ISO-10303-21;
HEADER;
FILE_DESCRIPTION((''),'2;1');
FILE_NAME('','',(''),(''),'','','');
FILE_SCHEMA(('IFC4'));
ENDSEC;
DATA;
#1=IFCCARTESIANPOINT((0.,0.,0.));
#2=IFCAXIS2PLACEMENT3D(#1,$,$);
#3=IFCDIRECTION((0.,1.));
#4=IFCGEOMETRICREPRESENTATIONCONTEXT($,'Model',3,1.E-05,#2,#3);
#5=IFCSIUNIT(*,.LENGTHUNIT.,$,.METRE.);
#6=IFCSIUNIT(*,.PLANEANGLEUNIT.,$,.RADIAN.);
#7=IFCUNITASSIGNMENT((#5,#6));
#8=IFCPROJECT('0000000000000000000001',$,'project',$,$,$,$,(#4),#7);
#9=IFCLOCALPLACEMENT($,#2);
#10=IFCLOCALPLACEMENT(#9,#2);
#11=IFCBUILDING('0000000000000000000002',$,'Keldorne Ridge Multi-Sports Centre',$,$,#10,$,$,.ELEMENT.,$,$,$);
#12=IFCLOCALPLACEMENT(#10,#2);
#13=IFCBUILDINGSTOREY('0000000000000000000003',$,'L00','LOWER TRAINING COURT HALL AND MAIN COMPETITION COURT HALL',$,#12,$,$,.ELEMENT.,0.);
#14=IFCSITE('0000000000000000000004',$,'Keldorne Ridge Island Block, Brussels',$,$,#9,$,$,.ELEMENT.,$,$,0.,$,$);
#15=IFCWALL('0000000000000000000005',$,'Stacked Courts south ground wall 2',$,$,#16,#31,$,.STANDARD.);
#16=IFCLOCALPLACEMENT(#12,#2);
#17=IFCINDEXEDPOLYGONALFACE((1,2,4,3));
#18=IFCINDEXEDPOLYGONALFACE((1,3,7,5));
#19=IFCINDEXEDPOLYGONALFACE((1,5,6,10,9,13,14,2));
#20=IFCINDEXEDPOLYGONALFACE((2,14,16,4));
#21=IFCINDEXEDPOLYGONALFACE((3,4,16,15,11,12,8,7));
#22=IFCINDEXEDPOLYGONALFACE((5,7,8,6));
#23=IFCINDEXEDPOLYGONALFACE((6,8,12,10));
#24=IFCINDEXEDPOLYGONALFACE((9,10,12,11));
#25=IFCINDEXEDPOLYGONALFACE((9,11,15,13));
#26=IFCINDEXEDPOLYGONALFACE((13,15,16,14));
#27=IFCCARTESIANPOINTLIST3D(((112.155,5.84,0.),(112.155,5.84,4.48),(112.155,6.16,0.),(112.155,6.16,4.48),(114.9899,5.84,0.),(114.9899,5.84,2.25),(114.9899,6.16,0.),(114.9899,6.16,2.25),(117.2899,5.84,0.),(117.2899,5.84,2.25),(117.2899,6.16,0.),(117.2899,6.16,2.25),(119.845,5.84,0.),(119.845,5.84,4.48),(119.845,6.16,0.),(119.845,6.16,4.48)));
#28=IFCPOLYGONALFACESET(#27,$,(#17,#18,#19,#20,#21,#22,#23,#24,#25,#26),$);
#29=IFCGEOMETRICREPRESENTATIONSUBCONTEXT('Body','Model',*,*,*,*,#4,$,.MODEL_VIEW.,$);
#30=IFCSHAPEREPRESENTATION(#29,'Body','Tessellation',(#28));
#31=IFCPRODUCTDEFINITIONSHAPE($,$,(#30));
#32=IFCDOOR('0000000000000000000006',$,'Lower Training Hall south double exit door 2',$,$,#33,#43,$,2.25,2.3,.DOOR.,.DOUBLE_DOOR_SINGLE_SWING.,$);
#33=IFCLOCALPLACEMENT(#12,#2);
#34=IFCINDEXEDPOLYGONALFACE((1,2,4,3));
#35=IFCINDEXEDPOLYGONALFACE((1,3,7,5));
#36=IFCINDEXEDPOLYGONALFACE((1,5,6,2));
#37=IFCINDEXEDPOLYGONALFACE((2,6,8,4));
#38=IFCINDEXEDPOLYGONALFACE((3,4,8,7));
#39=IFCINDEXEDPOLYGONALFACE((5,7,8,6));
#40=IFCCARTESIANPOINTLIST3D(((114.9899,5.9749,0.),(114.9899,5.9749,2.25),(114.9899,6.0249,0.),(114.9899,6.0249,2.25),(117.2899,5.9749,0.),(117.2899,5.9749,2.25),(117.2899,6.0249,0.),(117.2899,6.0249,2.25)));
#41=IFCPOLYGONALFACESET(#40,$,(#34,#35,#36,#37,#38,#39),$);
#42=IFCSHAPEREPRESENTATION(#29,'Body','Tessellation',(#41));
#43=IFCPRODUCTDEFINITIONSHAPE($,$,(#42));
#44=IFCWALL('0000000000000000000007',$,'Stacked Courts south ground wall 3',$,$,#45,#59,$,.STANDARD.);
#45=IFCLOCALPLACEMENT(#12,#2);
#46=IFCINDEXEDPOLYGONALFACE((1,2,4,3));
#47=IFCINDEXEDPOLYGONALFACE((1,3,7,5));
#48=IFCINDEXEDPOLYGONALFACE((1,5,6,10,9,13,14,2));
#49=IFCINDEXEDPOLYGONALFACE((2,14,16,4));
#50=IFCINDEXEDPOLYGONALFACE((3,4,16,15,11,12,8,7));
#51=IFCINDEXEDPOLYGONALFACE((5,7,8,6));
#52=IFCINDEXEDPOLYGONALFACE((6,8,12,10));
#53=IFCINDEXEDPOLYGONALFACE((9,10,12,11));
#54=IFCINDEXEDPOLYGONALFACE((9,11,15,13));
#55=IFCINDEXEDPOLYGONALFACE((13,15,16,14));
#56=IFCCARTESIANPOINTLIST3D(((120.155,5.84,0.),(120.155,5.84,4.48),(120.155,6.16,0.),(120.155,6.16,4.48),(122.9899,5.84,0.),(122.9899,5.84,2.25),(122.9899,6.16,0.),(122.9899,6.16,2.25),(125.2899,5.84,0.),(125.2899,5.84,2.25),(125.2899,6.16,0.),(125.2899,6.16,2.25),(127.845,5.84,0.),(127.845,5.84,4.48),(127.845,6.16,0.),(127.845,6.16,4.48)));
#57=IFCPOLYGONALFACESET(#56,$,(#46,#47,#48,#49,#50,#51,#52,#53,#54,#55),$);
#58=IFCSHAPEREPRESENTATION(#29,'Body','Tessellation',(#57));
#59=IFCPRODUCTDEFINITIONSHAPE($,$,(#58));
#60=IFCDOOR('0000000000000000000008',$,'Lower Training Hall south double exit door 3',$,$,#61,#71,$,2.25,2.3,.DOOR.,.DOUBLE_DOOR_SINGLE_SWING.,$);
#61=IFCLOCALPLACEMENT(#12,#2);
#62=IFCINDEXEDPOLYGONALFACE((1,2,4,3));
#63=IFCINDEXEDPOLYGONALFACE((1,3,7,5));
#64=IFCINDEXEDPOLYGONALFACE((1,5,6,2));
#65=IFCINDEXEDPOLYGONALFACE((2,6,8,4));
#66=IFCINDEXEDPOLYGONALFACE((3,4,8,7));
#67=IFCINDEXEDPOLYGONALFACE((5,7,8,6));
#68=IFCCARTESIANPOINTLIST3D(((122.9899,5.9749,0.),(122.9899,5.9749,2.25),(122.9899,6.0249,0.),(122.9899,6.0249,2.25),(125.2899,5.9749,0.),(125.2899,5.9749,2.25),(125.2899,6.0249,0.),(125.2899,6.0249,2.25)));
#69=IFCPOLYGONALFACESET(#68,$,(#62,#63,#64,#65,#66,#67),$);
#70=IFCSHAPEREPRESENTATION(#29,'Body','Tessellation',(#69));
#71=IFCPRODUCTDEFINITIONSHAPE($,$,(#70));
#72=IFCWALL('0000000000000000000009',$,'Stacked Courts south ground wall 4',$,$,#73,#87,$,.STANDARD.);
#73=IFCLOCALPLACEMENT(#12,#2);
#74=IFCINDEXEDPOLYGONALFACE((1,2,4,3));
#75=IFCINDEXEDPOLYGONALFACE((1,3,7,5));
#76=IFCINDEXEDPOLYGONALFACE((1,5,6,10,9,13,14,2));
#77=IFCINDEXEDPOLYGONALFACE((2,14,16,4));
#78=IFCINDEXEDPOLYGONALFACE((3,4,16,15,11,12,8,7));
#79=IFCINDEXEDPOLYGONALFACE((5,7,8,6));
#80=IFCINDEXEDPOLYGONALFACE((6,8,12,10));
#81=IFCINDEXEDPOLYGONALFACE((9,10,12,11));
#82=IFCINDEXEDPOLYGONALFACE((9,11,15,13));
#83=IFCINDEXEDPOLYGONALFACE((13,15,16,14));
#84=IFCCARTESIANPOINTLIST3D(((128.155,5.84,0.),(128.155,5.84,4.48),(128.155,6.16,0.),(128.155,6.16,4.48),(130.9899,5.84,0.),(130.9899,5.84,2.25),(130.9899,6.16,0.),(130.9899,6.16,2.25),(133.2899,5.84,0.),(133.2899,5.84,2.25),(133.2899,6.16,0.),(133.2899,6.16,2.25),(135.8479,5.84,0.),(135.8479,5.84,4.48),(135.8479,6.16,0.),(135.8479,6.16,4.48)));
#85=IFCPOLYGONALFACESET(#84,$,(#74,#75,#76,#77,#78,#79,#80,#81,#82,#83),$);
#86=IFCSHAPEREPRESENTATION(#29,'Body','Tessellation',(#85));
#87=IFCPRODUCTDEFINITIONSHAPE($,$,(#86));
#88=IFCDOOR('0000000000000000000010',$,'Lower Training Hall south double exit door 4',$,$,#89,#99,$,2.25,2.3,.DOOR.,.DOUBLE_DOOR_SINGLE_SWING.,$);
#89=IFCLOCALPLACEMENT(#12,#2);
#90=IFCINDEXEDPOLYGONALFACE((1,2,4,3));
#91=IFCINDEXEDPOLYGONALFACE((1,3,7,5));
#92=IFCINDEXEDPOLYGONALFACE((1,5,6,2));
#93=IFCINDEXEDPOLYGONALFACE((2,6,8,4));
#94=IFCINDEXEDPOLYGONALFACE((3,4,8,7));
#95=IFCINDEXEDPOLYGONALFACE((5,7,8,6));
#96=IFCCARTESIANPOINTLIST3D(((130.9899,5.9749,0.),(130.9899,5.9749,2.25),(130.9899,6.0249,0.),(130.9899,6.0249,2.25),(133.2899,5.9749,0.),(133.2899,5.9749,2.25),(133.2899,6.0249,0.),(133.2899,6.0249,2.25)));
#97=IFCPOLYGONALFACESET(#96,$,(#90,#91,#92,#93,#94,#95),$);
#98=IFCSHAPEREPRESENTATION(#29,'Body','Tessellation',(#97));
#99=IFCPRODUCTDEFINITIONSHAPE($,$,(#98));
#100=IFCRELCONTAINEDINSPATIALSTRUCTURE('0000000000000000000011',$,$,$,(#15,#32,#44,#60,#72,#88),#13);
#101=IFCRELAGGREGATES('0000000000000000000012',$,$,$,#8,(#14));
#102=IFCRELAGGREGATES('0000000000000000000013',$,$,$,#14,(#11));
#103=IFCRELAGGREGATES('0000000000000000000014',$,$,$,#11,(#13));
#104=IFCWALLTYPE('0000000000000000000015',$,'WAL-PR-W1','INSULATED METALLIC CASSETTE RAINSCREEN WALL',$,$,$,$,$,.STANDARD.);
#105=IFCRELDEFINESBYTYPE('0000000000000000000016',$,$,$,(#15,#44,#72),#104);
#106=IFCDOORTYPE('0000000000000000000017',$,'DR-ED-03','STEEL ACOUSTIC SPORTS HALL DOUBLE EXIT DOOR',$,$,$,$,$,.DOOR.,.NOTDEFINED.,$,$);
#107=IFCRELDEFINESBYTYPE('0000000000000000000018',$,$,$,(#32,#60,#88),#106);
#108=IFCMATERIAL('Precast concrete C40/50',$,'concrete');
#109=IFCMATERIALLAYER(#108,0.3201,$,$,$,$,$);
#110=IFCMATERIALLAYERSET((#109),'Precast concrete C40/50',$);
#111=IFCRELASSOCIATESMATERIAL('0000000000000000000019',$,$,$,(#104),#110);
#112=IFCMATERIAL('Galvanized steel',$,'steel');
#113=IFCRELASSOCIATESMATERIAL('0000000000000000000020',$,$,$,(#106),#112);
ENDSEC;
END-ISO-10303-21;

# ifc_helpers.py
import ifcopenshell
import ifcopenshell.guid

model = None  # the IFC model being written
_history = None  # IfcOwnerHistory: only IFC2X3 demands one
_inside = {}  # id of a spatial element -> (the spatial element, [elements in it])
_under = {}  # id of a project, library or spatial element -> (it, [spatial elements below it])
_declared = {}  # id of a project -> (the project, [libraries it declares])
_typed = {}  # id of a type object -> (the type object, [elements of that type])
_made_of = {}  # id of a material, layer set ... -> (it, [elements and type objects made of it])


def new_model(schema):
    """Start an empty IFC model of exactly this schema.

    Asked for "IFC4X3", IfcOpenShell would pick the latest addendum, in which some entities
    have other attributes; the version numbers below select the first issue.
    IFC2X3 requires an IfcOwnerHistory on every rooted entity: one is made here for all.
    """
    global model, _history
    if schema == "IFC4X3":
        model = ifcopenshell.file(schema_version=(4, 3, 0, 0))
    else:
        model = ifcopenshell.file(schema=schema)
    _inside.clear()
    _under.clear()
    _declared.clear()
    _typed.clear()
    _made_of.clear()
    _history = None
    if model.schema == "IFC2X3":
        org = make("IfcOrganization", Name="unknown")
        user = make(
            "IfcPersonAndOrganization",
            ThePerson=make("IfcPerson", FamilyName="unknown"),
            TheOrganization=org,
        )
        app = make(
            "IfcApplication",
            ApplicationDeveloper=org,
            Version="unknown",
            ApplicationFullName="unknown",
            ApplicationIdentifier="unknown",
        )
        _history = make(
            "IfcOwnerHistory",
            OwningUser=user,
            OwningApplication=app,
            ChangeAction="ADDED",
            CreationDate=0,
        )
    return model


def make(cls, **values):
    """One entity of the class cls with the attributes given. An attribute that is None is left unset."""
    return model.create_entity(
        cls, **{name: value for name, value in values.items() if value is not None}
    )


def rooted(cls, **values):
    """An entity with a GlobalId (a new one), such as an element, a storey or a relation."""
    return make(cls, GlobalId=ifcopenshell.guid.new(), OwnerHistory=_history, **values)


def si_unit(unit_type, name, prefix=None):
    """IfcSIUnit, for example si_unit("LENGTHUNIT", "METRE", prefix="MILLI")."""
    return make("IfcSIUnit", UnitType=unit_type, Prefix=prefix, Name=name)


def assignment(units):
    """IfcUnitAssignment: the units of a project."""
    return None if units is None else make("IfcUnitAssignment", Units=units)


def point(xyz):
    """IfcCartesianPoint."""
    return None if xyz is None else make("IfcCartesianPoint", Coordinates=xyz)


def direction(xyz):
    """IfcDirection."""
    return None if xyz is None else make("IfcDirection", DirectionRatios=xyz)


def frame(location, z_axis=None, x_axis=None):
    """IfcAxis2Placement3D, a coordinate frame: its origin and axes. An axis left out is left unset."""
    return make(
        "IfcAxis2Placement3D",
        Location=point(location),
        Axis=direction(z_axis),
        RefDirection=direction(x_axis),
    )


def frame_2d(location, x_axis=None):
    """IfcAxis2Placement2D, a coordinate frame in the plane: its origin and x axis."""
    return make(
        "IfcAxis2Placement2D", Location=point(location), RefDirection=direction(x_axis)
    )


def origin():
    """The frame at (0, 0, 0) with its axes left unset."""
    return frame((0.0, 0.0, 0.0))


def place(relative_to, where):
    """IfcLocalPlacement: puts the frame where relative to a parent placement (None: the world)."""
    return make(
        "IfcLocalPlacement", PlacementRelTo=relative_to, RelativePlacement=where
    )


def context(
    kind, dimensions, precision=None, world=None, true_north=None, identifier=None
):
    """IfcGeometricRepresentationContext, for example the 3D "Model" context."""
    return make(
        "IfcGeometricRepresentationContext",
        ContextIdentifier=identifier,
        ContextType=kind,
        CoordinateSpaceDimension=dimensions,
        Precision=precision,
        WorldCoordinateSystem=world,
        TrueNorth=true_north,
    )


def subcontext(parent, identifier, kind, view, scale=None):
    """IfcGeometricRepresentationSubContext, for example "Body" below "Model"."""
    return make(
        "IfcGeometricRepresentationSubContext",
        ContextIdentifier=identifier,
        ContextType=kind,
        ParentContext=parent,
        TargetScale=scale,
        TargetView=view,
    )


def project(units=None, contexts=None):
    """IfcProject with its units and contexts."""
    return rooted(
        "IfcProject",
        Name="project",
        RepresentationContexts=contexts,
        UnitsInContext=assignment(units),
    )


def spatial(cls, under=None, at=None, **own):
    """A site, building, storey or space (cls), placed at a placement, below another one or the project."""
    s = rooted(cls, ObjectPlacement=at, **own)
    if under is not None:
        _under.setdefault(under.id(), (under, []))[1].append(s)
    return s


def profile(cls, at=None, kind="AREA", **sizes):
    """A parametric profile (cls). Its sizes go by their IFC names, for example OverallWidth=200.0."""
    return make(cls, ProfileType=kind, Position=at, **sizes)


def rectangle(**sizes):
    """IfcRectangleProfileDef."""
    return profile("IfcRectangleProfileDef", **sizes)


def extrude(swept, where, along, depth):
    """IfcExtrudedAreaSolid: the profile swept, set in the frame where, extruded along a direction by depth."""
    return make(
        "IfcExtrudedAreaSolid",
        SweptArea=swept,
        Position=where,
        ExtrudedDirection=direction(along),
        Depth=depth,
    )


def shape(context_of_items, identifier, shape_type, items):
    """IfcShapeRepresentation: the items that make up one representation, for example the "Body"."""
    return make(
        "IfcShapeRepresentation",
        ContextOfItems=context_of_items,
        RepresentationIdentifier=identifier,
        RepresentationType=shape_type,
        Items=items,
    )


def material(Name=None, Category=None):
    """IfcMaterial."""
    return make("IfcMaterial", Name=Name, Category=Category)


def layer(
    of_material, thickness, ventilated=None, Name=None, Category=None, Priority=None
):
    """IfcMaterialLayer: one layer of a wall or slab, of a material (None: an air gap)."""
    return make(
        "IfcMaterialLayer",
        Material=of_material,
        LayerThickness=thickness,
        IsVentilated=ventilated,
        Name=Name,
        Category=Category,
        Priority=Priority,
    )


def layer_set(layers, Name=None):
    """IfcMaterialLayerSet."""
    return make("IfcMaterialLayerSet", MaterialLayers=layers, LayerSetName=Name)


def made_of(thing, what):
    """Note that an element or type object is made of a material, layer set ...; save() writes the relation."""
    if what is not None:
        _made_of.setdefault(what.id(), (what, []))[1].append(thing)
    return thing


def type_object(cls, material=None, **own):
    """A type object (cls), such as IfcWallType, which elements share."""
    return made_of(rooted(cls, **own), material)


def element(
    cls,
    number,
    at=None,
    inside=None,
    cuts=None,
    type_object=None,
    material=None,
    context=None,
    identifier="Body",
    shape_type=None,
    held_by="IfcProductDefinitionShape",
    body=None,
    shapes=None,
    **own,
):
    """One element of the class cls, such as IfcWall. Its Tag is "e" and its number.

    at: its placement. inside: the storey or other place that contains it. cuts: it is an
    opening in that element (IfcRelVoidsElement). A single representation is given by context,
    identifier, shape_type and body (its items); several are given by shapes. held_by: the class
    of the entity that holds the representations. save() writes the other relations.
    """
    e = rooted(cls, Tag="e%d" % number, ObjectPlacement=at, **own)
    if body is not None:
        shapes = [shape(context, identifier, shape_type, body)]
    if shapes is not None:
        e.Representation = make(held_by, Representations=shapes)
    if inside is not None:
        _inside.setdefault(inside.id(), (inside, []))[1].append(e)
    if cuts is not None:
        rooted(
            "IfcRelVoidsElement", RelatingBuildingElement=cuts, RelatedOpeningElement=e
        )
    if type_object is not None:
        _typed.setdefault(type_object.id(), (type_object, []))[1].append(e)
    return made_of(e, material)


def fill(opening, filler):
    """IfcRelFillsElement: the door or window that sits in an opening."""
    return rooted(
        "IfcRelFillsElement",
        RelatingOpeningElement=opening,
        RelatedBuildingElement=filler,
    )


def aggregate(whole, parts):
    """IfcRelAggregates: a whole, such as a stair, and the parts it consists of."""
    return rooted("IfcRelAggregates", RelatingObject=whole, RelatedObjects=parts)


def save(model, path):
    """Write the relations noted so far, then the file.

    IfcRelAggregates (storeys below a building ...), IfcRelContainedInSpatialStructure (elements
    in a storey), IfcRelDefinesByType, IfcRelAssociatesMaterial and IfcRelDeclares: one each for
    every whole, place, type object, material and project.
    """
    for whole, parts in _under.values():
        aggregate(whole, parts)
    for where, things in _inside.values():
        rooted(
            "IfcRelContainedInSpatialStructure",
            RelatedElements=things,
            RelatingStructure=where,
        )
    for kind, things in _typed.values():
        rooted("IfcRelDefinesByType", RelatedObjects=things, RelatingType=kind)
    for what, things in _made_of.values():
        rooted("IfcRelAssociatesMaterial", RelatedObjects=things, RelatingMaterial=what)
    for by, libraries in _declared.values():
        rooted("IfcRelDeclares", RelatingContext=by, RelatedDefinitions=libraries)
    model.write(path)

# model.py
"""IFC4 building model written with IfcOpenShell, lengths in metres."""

from ifc_helpers import new_model, si_unit, direction, frame, frame_2d, origin, place, context, subcontext, project, spatial, rectangle, extrude, material, layer, layer_set, type_object, element, fill, save


model = new_model("IFC4")

# Units and contexts
model_context = context("Model", 3, precision=1e-05, world=origin(), true_north=direction((0.0, 1.0)))
body_context = subcontext(model_context, "Body", "Model", "MODEL_VIEW")
ifc_project = project(units=[si_unit("LENGTHUNIT", "METRE"), si_unit("PLANEANGLEUNIT", "RADIAN")], contexts=[model_context])

# Site, building, storey
site_placement = place(None, origin())
site = spatial("IfcSite", under=ifc_project, at=site_placement, Name="Keldorne Ridge Island Block, Brussels", CompositionType="ELEMENT", RefElevation=0.0)
building_placement = place(site_placement, origin())
building = spatial("IfcBuilding", under=site, at=building_placement, Name="Keldorne Ridge Multi-Sports Centre", CompositionType="ELEMENT")
storey_placement = place(building_placement, origin())
storey = spatial("IfcBuildingStorey", under=building, at=storey_placement, Name="L00", Description="LOWER TRAINING COURT HALL AND MAIN COMPETITION COURT HALL", CompositionType="ELEMENT", Elevation=0.0)

# Walls, openings, doors
ifc_material_1 = material(Name="Precast concrete C40/50", Category="concrete")
ifc_layer_1 = layer(ifc_material_1, 0.3201)
ifc_layer_set_1 = layer_set([ifc_layer_1], Name="Precast concrete C40/50")
wall_type = type_object("IfcWallType", Name="WAL-PR-W1", Description="INSULATED METALLIC CASSETTE RAINSCREEN WALL", PredefinedType="STANDARD", material=ifc_layer_set_1)
wall_1_placement = place(storey_placement, frame((112.155, 6.0, 0.0), z_axis=(0.0, 0.0, 1.0), x_axis=(1.0, 0.0, 0.0)))
wall_1 = element("IfcWall", 1, at=wall_1_placement, inside=storey, type_object=wall_type, Name="Stacked Courts south ground wall 2", PredefinedType="STANDARD", context=body_context, shape_type="SweptSolid", body=[
    extrude(rectangle(XDim=7.6899, YDim=0.3201, at=frame_2d((3.845, 0.0))), origin(), (0.0, 0.0, 1.0), 4.48),
])
opening_1_placement = place(wall_1_placement, frame((2.835, 0.0, 0.0)))
opening_1 = element("IfcOpeningElement", 2, at=opening_1_placement, cuts=wall_1, PredefinedType="OPENING", context=body_context, shape_type="SweptSolid", body=[
    extrude(rectangle(XDim=2.3, YDim=2.25, at=frame_2d((1.1499, 1.125))), frame((0.0, 0.1699, 0.0), z_axis=(0.0, -1.0, 0.0), x_axis=(1.0, 0.0, 0.0)), (0.0, 0.0, 1.0), 0.3401),
])
ifc_material_2 = material(Name="Galvanized steel", Category="steel")
door_type = type_object("IfcDoorType", Name="DR-ED-03", Description="STEEL ACOUSTIC SPORTS HALL DOUBLE EXIT DOOR", OperationType="NOTDEFINED", PredefinedType="DOOR", material=ifc_material_2)
door_1_placement = place(opening_1_placement, origin())
door_1 = element("IfcDoor", 3, at=door_1_placement, inside=storey, type_object=door_type, Name="Lower Training Hall south double exit door 2", OperationType="DOUBLE_DOOR_SINGLE_SWING", OverallHeight=2.25, OverallWidth=2.3, PredefinedType="DOOR", context=body_context, shape_type="SweptSolid", body=[
    extrude(rectangle(XDim=2.3, YDim=2.25, at=frame_2d((1.1499, 1.125))), frame((0.0, 0.0249, 0.0), z_axis=(0.0, -1.0, 0.0), x_axis=(1.0, 0.0, 0.0)), (0.0, 0.0, 1.0), 0.05),
])
fill(opening_1, door_1)
wall_2_placement = place(storey_placement, frame((120.155, 6.0, 0.0), z_axis=(0.0, 0.0, 1.0), x_axis=(1.0, 0.0, 0.0)))
wall_2 = element("IfcWall", 4, at=wall_2_placement, inside=storey, type_object=wall_type, Name="Stacked Courts south ground wall 3", PredefinedType="STANDARD", context=body_context, shape_type="SweptSolid", body=[
    extrude(rectangle(XDim=7.6899, YDim=0.3201, at=frame_2d((3.845, 0.0))), origin(), (0.0, 0.0, 1.0), 4.48),
])
opening_2_placement = place(wall_2_placement, frame((2.835, 0.0, 0.0)))
opening_2 = element("IfcOpeningElement", 5, at=opening_2_placement, cuts=wall_2, PredefinedType="OPENING", context=body_context, shape_type="SweptSolid", body=[
    extrude(rectangle(XDim=2.3, YDim=2.25, at=frame_2d((1.1499, 1.125))), frame((0.0, 0.1699, 0.0), z_axis=(0.0, -1.0, 0.0), x_axis=(1.0, 0.0, 0.0)), (0.0, 0.0, 1.0), 0.3401),
])
door_2_placement = place(opening_2_placement, origin())
door_2 = element("IfcDoor", 6, at=door_2_placement, inside=storey, type_object=door_type, Name="Lower Training Hall south double exit door 3", OperationType="DOUBLE_DOOR_SINGLE_SWING", OverallHeight=2.25, OverallWidth=2.3, PredefinedType="DOOR", context=body_context, shape_type="SweptSolid", body=[
    extrude(rectangle(XDim=2.3, YDim=2.25, at=frame_2d((1.1499, 1.125))), frame((0.0, 0.0249, 0.0), z_axis=(0.0, -1.0, 0.0), x_axis=(1.0, 0.0, 0.0)), (0.0, 0.0, 1.0), 0.05),
])
fill(opening_2, door_2)
wall_3_placement = place(storey_placement, frame((128.155, 6.0, 0.0), z_axis=(0.0, 0.0, 1.0), x_axis=(1.0, 0.0, 0.0)))
wall_3 = element("IfcWall", 7, at=wall_3_placement, inside=storey, type_object=wall_type, Name="Stacked Courts south ground wall 4", PredefinedType="STANDARD", context=body_context, shape_type="SweptSolid", body=[
    extrude(rectangle(XDim=7.6929, YDim=0.3201, at=frame_2d((3.8464, 0.0))), origin(), (0.0, 0.0, 1.0), 4.48),
])
opening_3_placement = place(wall_3_placement, frame((2.835, 0.0, 0.0)))
opening_3 = element("IfcOpeningElement", 8, at=opening_3_placement, cuts=wall_3, PredefinedType="OPENING", context=body_context, shape_type="SweptSolid", body=[
    extrude(rectangle(XDim=2.3, YDim=2.25, at=frame_2d((1.1499, 1.125))), frame((0.0, 0.1699, 0.0), z_axis=(0.0, -1.0, 0.0), x_axis=(1.0, 0.0, 0.0)), (0.0, 0.0, 1.0), 0.3401),
])
door_3_placement = place(opening_3_placement, origin())
door_3 = element("IfcDoor", 9, at=door_3_placement, inside=storey, type_object=door_type, Name="Lower Training Hall south double exit door 4", OperationType="DOUBLE_DOOR_SINGLE_SWING", OverallHeight=2.25, OverallWidth=2.3, PredefinedType="DOOR", context=body_context, shape_type="SweptSolid", body=[
    extrude(rectangle(XDim=2.3, YDim=2.25, at=frame_2d((1.1499, 1.125))), frame((0.0, 0.0249, 0.0), z_axis=(0.0, -1.0, 0.0), x_axis=(1.0, 0.0, 0.0)), (0.0, 0.0, 1.0), 0.05),
])
fill(opening_3, door_3)

save(model, "model.ifc")
